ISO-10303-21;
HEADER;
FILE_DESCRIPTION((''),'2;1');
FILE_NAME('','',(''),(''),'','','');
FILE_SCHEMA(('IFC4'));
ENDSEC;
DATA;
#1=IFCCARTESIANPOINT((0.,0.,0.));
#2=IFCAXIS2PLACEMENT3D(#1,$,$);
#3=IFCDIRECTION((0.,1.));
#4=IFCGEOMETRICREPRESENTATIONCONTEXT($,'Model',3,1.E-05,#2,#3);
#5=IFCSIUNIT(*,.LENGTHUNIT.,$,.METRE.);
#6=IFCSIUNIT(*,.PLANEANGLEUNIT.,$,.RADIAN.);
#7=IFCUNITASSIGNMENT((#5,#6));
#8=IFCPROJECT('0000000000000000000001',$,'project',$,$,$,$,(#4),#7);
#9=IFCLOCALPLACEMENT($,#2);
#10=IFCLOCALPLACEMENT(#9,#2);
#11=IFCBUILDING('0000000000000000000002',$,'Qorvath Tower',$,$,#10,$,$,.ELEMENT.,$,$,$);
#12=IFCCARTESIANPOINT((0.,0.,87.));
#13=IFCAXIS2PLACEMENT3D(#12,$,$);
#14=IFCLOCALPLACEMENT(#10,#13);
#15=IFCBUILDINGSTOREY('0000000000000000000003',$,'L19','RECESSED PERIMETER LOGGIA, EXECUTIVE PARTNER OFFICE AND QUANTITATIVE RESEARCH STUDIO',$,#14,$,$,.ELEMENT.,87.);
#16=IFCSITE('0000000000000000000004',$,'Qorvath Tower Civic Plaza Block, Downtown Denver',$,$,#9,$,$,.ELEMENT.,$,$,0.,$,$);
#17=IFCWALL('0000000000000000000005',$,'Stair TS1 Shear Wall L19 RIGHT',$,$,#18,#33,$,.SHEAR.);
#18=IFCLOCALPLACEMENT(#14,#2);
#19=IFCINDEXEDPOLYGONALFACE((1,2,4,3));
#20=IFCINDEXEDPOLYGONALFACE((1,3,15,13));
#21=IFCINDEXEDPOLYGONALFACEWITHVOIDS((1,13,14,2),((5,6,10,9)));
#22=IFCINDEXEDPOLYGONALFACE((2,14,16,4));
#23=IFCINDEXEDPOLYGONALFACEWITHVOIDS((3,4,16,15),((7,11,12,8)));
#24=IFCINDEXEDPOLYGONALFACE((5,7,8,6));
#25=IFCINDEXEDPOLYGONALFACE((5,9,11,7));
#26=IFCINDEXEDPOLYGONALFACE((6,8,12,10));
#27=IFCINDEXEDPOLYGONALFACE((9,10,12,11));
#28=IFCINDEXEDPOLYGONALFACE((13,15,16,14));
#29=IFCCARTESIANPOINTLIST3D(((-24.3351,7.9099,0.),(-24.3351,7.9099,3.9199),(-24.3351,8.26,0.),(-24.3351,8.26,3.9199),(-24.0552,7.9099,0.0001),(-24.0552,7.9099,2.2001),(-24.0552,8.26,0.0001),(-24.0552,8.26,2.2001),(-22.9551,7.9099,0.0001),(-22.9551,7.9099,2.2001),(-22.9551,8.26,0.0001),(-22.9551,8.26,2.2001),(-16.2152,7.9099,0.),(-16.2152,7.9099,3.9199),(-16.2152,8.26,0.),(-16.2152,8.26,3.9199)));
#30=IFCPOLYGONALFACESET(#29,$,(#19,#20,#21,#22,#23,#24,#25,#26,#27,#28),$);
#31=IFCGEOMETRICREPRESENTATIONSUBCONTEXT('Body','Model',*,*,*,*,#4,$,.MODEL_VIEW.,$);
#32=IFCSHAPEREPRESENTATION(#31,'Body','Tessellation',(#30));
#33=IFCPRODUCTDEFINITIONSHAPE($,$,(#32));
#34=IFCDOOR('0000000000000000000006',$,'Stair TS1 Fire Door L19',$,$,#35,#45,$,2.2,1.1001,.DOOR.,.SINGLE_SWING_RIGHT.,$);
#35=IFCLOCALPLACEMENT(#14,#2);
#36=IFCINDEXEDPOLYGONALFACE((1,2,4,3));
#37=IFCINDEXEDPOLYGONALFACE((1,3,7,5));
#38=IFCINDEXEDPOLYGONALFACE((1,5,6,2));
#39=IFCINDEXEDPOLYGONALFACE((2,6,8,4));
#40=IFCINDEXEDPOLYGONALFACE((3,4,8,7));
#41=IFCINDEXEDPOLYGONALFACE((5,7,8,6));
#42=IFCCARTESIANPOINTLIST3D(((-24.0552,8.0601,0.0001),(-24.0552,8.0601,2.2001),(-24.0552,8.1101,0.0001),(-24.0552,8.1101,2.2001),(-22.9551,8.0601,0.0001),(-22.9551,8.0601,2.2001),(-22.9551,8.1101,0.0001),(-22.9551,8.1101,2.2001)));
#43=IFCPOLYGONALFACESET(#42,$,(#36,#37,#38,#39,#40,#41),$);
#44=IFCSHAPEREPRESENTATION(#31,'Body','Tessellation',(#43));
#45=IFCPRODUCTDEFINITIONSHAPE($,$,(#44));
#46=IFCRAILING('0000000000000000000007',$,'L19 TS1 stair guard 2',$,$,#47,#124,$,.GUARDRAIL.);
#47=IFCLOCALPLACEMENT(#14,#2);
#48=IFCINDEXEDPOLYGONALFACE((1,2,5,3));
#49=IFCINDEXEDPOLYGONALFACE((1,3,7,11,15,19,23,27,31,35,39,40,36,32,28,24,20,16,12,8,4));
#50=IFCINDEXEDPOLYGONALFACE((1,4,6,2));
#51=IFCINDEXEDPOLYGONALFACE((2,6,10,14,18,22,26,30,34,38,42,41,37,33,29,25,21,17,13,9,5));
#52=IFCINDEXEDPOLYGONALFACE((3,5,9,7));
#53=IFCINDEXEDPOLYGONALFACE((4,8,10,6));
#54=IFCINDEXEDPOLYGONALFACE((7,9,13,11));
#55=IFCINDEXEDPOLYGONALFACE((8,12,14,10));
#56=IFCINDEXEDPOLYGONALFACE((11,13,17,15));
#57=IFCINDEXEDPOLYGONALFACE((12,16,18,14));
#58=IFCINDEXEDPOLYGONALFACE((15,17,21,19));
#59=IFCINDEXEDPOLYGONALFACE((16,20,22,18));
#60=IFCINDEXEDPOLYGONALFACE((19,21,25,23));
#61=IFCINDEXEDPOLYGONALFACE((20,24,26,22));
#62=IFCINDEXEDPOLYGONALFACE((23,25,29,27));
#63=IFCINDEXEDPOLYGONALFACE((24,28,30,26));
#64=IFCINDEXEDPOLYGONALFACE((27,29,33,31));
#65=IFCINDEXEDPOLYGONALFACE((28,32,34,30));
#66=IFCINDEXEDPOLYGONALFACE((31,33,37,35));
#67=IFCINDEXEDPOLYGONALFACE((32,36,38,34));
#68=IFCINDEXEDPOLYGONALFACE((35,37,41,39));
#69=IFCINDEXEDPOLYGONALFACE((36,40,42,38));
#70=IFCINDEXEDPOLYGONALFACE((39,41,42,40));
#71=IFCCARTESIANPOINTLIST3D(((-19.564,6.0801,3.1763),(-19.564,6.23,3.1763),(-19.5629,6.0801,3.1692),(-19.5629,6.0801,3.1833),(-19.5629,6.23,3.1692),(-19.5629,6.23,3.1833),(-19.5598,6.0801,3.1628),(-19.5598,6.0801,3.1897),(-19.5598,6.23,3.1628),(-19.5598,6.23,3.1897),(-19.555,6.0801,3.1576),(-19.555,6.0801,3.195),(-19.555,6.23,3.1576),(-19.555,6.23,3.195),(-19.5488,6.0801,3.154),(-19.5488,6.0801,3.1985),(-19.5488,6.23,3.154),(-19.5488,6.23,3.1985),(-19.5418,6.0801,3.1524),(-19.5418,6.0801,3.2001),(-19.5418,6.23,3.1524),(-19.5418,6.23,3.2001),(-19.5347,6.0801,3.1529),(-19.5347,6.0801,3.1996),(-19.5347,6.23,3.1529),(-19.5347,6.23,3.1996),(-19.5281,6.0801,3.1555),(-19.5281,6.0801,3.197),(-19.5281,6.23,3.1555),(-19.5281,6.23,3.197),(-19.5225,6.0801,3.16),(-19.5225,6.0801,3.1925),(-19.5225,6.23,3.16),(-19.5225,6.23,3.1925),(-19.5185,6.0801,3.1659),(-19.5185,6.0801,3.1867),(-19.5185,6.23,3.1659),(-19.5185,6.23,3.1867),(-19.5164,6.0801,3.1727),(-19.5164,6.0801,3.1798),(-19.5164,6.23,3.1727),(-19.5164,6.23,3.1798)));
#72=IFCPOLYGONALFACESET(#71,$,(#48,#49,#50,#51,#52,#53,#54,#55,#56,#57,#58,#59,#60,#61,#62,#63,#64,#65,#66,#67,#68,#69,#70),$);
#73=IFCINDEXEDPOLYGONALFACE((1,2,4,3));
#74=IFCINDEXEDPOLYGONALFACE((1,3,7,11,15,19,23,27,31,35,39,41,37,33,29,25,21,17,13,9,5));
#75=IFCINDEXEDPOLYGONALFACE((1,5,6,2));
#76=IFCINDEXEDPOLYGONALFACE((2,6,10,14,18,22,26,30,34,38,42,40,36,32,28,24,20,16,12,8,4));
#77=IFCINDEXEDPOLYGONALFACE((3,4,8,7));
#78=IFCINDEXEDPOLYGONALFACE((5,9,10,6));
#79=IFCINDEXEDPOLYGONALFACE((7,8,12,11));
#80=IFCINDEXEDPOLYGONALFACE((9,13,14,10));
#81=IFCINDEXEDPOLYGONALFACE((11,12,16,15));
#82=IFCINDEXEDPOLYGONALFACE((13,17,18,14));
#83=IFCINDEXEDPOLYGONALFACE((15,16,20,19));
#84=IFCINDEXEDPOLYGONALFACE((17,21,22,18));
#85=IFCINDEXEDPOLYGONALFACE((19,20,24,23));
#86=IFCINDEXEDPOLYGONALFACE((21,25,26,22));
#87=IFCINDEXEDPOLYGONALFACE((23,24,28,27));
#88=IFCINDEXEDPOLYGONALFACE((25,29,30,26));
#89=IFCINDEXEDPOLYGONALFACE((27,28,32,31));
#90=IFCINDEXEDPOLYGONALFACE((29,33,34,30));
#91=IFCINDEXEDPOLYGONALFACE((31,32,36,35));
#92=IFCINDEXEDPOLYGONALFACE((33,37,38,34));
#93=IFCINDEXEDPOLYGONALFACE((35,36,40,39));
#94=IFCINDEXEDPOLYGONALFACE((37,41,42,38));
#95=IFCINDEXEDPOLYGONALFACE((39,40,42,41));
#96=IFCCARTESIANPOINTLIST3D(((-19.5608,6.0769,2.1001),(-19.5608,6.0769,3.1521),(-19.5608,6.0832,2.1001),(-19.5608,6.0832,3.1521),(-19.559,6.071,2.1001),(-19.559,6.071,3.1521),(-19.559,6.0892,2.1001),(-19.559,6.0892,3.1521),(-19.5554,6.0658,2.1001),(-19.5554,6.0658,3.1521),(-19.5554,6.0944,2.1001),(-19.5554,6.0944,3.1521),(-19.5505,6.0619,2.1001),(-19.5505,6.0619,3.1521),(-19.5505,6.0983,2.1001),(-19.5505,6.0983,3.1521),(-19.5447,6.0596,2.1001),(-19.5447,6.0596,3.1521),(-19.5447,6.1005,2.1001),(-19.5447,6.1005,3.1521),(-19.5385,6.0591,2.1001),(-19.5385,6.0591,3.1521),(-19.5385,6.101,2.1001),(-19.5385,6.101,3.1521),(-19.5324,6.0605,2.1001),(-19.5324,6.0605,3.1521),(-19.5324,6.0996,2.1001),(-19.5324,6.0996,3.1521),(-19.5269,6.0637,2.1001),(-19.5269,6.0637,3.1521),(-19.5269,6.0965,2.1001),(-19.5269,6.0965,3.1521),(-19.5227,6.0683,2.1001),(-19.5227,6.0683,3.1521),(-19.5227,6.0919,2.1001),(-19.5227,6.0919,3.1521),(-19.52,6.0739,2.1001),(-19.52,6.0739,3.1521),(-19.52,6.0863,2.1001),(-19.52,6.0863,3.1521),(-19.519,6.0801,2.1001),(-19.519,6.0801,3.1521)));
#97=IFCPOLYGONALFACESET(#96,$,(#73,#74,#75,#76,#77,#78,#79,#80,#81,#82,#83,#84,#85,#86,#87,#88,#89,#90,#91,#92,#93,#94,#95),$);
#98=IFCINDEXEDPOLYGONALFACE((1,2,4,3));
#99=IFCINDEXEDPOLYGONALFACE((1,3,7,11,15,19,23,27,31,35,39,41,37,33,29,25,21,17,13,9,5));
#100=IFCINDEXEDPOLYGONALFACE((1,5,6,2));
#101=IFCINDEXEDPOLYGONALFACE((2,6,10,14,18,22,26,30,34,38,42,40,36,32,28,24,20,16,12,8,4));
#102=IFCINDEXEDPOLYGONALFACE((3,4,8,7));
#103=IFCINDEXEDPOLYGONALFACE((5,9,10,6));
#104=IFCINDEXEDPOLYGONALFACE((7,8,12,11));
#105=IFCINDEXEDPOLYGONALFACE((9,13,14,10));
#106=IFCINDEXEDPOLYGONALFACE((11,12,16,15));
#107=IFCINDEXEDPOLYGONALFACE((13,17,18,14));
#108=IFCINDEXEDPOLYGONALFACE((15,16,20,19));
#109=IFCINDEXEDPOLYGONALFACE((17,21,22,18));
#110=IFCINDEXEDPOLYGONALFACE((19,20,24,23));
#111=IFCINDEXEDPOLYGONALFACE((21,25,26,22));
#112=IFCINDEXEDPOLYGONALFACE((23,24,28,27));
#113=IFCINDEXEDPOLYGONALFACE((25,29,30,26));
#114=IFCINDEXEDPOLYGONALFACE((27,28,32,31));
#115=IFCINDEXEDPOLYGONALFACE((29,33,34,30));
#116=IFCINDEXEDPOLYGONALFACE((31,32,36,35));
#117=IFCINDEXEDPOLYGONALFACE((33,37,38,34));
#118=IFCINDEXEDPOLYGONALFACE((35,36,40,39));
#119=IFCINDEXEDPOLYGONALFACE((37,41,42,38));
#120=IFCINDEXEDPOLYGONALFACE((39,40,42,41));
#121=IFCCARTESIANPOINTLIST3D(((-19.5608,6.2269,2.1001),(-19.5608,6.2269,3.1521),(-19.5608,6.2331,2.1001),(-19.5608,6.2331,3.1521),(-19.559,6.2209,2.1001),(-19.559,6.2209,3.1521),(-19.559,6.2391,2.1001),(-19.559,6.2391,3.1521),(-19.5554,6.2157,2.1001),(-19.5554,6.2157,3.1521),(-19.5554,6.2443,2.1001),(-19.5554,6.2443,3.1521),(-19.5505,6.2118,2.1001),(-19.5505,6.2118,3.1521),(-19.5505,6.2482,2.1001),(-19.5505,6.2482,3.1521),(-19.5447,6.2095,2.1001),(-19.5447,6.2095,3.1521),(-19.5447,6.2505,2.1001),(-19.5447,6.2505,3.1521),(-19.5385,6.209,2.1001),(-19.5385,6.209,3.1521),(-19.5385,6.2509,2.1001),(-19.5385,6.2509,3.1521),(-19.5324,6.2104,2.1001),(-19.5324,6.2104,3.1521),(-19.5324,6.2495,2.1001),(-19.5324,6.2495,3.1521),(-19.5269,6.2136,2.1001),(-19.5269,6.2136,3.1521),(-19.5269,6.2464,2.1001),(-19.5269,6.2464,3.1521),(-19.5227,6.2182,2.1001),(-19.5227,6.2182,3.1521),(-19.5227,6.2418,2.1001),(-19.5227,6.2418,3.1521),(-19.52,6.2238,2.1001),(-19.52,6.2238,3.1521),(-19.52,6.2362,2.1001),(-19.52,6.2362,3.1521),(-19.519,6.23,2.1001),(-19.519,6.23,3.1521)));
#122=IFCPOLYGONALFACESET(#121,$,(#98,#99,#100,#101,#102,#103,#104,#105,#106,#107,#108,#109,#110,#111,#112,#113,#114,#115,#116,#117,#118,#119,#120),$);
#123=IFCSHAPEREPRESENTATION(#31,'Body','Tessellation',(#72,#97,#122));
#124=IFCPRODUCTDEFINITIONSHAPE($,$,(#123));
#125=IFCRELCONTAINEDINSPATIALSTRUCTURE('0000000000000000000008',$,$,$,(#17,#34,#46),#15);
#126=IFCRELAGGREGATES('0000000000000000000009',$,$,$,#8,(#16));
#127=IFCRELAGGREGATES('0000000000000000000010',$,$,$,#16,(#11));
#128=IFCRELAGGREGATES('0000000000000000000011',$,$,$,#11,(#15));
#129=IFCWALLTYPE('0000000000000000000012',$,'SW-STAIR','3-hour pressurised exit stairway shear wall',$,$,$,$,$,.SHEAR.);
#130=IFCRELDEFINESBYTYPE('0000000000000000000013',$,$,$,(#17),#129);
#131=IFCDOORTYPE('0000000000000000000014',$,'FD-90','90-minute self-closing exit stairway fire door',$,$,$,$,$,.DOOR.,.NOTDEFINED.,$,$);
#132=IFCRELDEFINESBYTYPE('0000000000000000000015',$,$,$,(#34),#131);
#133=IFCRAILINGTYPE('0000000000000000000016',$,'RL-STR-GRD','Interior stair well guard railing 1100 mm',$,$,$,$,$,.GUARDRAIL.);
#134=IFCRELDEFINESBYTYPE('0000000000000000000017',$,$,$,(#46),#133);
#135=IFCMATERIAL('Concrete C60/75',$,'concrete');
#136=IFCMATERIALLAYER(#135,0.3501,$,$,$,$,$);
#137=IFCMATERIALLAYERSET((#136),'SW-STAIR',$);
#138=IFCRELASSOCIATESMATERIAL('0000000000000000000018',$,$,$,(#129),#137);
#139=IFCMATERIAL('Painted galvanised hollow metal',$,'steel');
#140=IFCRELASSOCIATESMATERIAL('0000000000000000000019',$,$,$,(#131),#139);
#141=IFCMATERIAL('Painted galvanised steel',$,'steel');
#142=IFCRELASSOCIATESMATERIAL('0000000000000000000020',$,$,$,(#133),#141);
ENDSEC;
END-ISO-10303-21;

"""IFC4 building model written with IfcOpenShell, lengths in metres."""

from ifc_helpers import new_model, si_unit, direction, frame, frame_2d, origin, origin_2d, place, context, subcontext, project, spatial, rectangle, circle, extrude, material, layer, layer_set, type_object, element, fill, save


model = new_model("IFC4")

# Units and contexts
model_context = context("Model", 3, precision=1e-05, world=origin(), true_north=direction((0.0, 1.0)))
body_context = subcontext(model_context, "Body", "Model", "MODEL_VIEW")
ifc_project = project(units=[si_unit("LENGTHUNIT", "METRE"), si_unit("PLANEANGLEUNIT", "RADIAN")], contexts=[model_context])

# Site, building, storey
site_placement = place(None, origin())
site = spatial("IfcSite", under=ifc_project, at=site_placement, Name="Qorvath Tower Civic Plaza Block, Downtown Denver", CompositionType="ELEMENT", RefElevation=0.0)
building_placement = place(site_placement, origin())
building = spatial("IfcBuilding", under=site, at=building_placement, Name="Qorvath Tower", CompositionType="ELEMENT")
storey_placement = place(building_placement, frame((0.0, 0.0, 87.0)))
storey = spatial("IfcBuildingStorey", under=building, at=storey_placement, Name="L19", Description="RECESSED PERIMETER LOGGIA, EXECUTIVE PARTNER OFFICE AND QUANTITATIVE RESEARCH STUDIO", CompositionType="ELEMENT", Elevation=87.0)

# Wall, opening, door
ifc_material_1 = material(Name="Concrete C60/75", Category="concrete")
ifc_layer_1 = layer(ifc_material_1, 0.3501)
ifc_layer_set_1 = layer_set([ifc_layer_1], Name="SW-STAIR")
wall_type_1 = type_object("IfcWallType", Name="SW-STAIR", Description="3-hour pressurised exit stairway shear wall", PredefinedType="SHEAR", material=ifc_layer_set_1)
wall_1_placement = place(storey_placement, frame((-16.2151, 8.085, 0.0), z_axis=(0.0, 0.0, 1.0), x_axis=(-1.0, 0.0, 0.0)))
wall_1 = element("IfcWall", 1, at=wall_1_placement, inside=storey, type_object=wall_type_1, Name="Stair TS1 Shear Wall L19 RIGHT", PredefinedType="SHEAR", context=body_context, shape_type="SweptSolid", body=[
    extrude(rectangle(XDim=8.1199, YDim=0.3501, at=frame_2d((4.0601, 0.0))), origin(), (0.0, 0.0, 1.0), 3.9199),
])
opening_1_placement = place(wall_1_placement, frame((6.74, 0.0, 0.0)))
opening_1 = element("IfcOpeningElement", 2, at=opening_1_placement, cuts=wall_1, PredefinedType="OPENING", context=body_context, shape_type="SweptSolid", body=[
    extrude(rectangle(XDim=1.1001, YDim=2.2, at=frame_2d((0.55, 1.1001))), frame((0.0, 0.1851, 0.0), z_axis=(0.0, -1.0, 0.0), x_axis=(1.0, 0.0, 0.0)), (0.0, 0.0, 1.0), 0.3701),
])
ifc_material_2 = material(Name="Painted galvanised hollow metal", Category="steel")
door_type_1 = type_object("IfcDoorType", Name="FD-90", Description="90-minute self-closing exit stairway fire door", OperationType="NOTDEFINED", PredefinedType="DOOR", material=ifc_material_2)
door_1_placement = place(opening_1_placement, origin())
door_1 = element("IfcDoor", 3, at=door_1_placement, inside=storey, type_object=door_type_1, Name="Stair TS1 Fire Door L19", OperationType="SINGLE_SWING_RIGHT", OverallHeight=2.2, OverallWidth=1.1001, PredefinedType="DOOR", context=body_context, shape_type="SweptSolid", body=[
    extrude(rectangle(XDim=1.1001, YDim=2.2, at=frame_2d((0.55, 1.1001))), frame((0.0, 0.0249, 0.0), z_axis=(0.0, -1.0, 0.0), x_axis=(1.0, 0.0, 0.0)), (0.0, 0.0, 1.0), 0.05),
])
fill(opening_1, door_1)

# Railing
ifc_material_3 = material(Name="Painted galvanised steel", Category="steel")
railing_type_1 = type_object("IfcRailingType", Name="RL-STR-GRD", Description="Interior stair well guard railing 1100 mm", PredefinedType="GUARDRAIL", material=ifc_material_3)
railing_1_placement = place(storey_placement, frame((-19.54, 6.0801, 2.1001)))
element("IfcRailing", 4, at=railing_1_placement, inside=storey, type_object=railing_type_1, Name="L19 TS1 stair guard 2", PredefinedType="GUARDRAIL", context=body_context, shape_type="SweptSolid", body=[
    extrude(circle(Radius=0.0239, at=origin_2d()), frame((0.0, 0.0, 1.0762), z_axis=(0.0, 1.0, 0.0), x_axis=(-1.0, 0.0, 0.0)), (0.0, 0.0, 1.0), 0.1499),
    extrude(circle(Radius=0.021, at=origin_2d()), origin(), (0.0, 0.0, 1.0), 1.052),
    extrude(circle(Radius=0.021, at=origin_2d()), frame((0.0, 0.1499, 0.0)), (0.0, 0.0, 1.0), 1.052),
])

save(model, "model.ifc")
